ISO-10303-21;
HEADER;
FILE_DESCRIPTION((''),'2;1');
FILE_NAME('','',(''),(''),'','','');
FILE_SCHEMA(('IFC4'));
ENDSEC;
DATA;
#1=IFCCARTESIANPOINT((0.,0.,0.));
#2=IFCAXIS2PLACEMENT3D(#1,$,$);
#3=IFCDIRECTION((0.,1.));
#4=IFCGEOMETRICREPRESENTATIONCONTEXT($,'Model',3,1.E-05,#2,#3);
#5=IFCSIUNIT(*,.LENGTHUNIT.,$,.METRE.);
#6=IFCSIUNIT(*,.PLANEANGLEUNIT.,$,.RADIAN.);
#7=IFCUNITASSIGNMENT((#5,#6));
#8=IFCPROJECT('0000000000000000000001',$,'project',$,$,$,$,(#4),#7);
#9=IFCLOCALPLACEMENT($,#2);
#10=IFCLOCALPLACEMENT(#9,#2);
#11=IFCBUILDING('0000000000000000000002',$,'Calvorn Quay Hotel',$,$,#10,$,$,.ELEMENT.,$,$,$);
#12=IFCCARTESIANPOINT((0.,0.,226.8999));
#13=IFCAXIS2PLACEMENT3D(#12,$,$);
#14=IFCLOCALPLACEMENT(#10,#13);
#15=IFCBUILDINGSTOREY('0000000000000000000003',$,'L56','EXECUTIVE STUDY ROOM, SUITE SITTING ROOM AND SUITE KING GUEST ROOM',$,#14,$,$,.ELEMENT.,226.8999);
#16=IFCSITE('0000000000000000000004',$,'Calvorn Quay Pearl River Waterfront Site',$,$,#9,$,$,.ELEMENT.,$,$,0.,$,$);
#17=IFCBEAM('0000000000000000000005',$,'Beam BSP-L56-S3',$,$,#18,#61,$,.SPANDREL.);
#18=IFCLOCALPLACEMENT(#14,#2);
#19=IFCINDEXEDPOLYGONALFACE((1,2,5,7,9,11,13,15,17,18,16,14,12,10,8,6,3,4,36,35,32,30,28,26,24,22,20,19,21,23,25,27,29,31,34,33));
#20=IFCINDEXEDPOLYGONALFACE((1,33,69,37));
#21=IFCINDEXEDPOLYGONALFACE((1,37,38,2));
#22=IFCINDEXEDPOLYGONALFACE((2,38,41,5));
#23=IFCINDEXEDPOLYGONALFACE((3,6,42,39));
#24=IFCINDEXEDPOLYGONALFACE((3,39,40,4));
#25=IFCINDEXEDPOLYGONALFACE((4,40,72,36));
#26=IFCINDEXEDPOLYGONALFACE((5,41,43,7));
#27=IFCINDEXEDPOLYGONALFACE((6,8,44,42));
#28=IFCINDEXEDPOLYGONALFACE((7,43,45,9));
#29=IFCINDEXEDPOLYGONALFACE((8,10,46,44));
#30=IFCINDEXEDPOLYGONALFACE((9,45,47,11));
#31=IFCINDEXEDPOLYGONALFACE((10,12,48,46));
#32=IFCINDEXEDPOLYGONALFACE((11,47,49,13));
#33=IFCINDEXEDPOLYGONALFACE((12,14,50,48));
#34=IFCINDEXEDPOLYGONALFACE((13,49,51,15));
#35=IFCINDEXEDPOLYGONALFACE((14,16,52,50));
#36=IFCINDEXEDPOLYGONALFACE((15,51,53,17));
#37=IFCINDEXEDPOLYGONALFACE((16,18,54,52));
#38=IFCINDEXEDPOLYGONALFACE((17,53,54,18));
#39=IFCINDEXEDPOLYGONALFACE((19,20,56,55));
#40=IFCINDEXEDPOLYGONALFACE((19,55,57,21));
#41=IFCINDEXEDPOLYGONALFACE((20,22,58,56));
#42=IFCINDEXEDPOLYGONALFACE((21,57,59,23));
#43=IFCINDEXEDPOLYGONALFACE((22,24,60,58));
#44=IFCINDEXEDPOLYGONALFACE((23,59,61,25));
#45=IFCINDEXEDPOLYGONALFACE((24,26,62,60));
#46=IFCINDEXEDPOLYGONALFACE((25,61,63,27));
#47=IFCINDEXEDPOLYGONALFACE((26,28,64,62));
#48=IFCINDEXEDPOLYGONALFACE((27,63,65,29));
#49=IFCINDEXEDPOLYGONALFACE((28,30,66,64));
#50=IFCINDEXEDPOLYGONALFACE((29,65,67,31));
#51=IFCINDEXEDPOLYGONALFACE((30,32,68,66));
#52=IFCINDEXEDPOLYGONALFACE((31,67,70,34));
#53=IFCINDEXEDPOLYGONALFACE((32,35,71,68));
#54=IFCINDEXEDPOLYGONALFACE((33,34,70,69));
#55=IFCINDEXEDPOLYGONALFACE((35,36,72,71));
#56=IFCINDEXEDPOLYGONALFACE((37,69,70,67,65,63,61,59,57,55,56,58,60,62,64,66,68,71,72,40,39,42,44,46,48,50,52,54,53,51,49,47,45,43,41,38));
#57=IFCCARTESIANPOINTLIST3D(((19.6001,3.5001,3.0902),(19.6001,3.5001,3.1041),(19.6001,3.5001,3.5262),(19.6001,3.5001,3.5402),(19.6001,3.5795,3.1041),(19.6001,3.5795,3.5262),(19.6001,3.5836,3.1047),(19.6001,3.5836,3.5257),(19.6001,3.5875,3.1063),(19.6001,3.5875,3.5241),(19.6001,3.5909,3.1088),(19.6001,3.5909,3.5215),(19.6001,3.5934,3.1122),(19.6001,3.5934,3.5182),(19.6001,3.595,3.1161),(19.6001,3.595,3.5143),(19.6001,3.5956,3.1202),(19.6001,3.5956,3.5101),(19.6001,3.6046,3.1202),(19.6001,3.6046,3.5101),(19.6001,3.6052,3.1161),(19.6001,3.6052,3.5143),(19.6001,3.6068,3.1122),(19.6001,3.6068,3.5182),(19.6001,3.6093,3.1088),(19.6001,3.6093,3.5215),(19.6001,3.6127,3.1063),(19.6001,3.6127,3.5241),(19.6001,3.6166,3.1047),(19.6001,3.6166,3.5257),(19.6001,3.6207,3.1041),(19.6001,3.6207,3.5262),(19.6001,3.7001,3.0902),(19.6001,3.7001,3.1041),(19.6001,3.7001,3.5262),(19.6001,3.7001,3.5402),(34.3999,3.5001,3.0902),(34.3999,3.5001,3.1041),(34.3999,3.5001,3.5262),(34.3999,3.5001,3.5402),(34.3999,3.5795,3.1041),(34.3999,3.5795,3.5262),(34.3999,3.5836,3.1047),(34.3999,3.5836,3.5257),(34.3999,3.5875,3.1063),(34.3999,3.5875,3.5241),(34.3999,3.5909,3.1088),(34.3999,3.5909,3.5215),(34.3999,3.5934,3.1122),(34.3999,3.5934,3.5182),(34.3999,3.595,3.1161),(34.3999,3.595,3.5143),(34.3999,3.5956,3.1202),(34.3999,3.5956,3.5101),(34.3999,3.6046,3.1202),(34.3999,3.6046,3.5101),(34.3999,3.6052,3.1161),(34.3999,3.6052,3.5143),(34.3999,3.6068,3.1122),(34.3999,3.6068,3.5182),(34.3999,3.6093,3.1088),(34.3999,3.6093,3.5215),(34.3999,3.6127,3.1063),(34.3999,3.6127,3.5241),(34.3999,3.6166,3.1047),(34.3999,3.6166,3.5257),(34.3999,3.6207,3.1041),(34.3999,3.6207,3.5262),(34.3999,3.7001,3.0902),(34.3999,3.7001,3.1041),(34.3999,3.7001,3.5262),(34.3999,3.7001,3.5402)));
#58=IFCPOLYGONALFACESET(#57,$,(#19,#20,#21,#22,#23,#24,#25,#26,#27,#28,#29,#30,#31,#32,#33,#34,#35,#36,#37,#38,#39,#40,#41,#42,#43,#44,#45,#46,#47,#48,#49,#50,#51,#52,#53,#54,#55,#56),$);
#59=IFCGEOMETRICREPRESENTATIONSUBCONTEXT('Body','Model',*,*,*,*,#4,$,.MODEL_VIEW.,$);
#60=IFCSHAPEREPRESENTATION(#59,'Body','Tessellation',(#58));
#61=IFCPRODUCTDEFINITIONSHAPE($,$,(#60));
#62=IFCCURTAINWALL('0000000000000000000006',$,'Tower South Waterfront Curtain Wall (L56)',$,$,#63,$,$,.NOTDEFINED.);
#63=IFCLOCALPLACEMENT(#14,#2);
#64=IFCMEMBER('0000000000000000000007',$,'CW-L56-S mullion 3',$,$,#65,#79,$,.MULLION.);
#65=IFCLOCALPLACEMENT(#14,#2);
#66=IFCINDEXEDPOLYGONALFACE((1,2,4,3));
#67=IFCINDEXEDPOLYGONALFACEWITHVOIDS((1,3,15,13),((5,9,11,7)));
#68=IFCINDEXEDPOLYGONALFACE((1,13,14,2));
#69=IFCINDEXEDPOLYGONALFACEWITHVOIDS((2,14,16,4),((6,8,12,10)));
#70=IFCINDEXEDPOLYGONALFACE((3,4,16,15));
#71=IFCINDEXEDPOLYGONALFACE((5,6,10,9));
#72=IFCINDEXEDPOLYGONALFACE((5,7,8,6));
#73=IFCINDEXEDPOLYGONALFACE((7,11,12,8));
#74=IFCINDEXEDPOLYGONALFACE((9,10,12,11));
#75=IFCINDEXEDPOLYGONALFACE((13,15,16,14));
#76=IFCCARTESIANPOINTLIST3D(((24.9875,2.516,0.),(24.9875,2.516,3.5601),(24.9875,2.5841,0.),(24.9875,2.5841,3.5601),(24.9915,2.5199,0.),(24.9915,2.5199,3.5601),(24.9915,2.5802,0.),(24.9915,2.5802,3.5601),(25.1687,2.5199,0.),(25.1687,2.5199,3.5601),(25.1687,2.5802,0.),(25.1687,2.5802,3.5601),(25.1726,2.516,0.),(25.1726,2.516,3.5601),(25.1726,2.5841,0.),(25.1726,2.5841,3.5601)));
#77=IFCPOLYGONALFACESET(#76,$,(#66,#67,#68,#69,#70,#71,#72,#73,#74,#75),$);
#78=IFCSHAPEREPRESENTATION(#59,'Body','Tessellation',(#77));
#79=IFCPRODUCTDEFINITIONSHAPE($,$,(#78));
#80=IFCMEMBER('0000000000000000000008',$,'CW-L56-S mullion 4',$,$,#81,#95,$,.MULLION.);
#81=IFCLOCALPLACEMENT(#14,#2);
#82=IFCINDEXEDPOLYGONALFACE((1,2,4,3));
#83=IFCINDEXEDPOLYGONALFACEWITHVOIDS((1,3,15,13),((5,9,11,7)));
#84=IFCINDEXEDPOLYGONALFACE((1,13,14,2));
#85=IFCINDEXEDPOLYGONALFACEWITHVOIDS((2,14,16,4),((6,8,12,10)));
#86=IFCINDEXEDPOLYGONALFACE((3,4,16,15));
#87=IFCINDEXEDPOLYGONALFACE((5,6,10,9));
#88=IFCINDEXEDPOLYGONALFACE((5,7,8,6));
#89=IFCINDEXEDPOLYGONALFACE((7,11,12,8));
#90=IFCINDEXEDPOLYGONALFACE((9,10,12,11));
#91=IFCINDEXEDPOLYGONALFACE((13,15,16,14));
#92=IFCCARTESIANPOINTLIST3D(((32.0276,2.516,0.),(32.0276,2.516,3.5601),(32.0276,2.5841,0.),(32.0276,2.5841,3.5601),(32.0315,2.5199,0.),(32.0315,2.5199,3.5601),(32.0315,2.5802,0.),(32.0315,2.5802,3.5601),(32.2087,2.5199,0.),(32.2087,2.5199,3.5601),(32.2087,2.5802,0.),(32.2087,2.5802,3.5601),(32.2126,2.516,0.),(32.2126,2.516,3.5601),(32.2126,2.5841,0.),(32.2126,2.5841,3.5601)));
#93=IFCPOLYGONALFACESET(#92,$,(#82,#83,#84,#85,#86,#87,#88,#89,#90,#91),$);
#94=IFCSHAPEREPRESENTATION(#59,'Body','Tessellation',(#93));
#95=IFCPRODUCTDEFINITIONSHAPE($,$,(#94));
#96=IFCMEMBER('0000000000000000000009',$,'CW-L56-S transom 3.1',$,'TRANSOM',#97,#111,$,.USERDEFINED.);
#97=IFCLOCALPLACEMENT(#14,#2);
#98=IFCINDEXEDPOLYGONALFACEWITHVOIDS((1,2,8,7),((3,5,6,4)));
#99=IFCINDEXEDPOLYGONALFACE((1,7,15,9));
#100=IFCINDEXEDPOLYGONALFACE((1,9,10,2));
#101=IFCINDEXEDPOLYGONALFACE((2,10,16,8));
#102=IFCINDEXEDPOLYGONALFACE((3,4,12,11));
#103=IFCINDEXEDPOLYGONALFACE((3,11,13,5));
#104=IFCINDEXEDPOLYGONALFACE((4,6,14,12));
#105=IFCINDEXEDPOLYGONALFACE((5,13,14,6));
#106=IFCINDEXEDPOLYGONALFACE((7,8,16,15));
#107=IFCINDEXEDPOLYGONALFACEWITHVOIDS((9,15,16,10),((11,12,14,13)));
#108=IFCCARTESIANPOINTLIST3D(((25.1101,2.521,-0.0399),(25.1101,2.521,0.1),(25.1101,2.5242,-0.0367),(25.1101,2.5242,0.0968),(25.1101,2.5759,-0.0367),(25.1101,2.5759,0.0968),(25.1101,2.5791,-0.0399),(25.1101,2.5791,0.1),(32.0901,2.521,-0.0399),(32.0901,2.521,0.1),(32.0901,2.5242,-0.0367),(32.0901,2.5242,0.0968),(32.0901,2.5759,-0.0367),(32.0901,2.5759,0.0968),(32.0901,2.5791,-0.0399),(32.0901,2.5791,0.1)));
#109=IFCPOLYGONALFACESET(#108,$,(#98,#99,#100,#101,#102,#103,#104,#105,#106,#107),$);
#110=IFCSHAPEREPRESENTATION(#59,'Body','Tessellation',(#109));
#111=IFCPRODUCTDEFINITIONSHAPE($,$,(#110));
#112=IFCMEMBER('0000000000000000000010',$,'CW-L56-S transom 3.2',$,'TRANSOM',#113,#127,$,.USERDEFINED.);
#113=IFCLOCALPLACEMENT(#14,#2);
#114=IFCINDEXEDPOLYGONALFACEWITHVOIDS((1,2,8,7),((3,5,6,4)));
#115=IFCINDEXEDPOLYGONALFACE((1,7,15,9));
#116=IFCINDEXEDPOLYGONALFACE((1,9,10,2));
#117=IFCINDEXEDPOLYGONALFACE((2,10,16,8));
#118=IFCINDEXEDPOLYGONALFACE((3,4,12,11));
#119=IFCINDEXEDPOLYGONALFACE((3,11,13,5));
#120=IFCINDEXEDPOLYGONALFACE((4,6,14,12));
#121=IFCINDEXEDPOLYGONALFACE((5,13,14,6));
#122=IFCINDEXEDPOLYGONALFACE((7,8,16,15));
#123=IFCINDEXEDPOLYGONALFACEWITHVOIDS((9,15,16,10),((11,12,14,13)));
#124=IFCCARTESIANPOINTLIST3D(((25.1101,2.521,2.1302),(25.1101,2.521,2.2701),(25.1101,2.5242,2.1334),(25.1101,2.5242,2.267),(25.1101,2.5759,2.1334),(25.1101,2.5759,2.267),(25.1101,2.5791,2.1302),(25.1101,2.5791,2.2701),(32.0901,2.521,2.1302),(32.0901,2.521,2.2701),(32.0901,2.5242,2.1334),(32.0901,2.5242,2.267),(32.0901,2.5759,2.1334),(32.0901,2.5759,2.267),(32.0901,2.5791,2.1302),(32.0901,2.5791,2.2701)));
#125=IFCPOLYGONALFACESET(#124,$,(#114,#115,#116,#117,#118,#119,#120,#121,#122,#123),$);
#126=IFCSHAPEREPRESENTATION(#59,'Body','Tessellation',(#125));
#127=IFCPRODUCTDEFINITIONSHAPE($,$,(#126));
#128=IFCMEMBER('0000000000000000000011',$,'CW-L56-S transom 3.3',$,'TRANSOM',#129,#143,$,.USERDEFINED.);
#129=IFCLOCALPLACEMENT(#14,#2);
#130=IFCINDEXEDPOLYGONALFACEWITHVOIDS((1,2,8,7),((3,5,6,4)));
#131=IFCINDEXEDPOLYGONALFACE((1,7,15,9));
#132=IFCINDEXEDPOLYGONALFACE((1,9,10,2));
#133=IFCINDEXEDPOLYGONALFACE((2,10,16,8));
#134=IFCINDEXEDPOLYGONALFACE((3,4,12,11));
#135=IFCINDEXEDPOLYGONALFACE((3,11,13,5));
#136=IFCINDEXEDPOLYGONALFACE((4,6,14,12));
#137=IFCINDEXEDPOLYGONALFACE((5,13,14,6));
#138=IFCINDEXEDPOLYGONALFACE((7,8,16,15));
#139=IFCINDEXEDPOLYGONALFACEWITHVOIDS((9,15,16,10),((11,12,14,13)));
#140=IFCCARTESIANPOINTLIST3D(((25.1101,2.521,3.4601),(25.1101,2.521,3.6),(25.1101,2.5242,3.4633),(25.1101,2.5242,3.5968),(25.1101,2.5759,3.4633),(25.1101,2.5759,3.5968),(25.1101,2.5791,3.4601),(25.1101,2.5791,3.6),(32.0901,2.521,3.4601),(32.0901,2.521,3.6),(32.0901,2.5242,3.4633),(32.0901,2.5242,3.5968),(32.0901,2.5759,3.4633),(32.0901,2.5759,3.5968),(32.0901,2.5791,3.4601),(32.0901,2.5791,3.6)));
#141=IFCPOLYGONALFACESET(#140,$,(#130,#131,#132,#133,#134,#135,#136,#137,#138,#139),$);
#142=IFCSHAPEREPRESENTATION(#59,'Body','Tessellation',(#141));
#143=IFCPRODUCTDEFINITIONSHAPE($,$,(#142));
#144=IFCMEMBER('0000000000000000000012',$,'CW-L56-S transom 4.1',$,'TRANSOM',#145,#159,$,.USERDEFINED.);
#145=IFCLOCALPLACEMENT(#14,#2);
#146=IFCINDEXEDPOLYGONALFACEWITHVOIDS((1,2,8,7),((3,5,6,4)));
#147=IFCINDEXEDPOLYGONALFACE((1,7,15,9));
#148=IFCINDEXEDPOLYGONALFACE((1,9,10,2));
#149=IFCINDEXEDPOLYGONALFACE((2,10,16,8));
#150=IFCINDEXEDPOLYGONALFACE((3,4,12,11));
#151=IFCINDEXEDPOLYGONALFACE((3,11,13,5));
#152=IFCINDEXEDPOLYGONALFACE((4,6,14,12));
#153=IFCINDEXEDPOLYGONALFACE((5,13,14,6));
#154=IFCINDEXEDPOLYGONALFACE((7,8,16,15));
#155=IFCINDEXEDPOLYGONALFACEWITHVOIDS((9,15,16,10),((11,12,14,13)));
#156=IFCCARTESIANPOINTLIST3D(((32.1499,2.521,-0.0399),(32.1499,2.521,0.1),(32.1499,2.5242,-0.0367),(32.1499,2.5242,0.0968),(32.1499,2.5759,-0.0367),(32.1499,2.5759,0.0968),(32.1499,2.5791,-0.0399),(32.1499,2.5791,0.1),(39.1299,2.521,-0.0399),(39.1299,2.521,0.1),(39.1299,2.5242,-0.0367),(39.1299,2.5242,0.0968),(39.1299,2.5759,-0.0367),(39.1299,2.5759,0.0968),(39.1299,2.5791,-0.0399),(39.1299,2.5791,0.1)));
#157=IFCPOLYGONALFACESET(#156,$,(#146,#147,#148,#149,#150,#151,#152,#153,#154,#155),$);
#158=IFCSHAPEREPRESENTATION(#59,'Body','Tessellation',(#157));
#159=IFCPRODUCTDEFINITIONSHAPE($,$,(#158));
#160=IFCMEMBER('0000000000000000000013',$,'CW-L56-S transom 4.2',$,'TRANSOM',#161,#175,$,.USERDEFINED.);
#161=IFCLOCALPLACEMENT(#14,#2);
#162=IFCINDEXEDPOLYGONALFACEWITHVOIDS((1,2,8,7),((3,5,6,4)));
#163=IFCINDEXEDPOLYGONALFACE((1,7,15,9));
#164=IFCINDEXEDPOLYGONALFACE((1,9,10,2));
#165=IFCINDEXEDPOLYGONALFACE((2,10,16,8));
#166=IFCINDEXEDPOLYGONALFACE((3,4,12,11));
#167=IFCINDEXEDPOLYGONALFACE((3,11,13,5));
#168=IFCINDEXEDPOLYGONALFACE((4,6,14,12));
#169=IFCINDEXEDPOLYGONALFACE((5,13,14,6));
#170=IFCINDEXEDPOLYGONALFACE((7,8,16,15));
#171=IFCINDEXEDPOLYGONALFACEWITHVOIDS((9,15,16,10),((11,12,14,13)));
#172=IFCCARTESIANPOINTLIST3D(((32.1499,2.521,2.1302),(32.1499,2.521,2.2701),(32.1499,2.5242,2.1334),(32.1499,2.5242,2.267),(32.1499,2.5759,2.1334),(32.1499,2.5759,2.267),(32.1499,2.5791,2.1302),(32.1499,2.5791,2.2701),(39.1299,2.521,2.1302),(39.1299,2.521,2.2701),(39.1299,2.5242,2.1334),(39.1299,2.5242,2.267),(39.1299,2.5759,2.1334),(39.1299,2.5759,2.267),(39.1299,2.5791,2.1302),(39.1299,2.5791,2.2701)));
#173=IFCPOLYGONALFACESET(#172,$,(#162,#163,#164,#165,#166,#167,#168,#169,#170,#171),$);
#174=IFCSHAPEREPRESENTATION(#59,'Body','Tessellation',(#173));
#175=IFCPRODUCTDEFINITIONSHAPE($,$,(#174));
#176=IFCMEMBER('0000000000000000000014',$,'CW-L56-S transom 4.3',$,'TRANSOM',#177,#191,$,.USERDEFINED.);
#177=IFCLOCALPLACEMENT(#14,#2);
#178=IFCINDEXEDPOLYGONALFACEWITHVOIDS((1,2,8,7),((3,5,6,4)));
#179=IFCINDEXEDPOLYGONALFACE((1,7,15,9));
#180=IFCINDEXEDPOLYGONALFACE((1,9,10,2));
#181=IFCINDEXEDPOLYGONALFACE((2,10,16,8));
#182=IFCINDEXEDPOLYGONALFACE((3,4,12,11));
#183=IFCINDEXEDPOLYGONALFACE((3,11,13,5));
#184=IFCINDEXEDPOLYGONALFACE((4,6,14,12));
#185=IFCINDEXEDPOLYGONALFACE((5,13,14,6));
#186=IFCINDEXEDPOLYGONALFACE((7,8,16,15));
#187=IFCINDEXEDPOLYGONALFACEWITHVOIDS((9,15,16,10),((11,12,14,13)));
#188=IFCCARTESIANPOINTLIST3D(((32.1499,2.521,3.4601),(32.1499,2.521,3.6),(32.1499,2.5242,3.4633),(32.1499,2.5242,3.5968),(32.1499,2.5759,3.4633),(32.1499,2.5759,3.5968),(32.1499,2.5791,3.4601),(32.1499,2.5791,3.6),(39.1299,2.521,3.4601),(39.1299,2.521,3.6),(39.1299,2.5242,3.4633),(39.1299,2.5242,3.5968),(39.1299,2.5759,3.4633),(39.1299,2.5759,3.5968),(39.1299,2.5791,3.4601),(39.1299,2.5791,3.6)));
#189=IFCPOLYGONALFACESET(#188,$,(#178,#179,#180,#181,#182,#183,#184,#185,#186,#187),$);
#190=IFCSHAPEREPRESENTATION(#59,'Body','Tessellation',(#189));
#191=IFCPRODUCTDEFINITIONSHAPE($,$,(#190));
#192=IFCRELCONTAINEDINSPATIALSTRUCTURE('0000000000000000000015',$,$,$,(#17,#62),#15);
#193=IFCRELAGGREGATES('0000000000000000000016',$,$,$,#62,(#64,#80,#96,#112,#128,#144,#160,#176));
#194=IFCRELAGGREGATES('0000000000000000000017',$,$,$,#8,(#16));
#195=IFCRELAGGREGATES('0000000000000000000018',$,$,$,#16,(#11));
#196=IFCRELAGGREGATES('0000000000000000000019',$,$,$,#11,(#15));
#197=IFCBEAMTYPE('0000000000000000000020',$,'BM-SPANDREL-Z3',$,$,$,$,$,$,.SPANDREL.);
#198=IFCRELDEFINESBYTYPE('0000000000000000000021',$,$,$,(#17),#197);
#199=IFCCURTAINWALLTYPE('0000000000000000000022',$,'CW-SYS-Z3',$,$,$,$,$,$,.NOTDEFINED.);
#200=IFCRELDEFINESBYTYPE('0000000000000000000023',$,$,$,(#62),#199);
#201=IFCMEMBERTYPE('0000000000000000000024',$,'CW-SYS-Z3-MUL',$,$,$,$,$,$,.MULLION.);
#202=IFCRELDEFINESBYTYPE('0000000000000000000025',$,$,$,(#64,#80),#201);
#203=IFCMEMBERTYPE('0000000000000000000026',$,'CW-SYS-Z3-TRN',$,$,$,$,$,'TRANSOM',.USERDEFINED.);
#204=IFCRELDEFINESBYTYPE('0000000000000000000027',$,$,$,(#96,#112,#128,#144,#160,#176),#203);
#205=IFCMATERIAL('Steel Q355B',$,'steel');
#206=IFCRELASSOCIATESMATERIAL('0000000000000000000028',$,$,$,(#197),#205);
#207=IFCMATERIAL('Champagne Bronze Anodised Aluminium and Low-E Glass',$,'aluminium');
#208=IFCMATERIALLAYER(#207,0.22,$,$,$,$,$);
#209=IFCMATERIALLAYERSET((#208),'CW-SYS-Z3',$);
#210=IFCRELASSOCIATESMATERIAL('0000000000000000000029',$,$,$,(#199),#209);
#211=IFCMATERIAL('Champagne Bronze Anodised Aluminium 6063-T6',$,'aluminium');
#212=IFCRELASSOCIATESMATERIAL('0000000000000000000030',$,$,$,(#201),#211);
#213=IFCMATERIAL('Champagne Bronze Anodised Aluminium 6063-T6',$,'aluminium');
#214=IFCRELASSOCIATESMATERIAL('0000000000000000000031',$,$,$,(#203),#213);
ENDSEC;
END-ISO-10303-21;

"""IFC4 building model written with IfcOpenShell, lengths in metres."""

from ifc_helpers import new_model, si_unit, direction, frame, origin, origin_2d, place, context, subcontext, project, spatial, hollow_rectangle, i_section, extrude, material, layer, layer_set, material_profile, profile_set, type_object, element, aggregate, save


model = new_model("IFC4")

# Units and contexts
model_context = context("Model", 3, precision=1e-05, world=origin(), true_north=direction((0.0, 1.0)))
body_context = subcontext(model_context, "Body", "Model", "MODEL_VIEW")
ifc_project = project(units=[si_unit("LENGTHUNIT", "METRE"), si_unit("PLANEANGLEUNIT", "RADIAN")], contexts=[model_context])

# Site, building, storey
site_placement = place(None, origin())
site = spatial("IfcSite", under=ifc_project, at=site_placement, Name="Calvorn Quay Pearl River Waterfront Site", CompositionType="ELEMENT", RefElevation=0.0)
building_placement = place(site_placement, origin())
building = spatial("IfcBuilding", under=site, at=building_placement, Name="Calvorn Quay Hotel", CompositionType="ELEMENT")
storey_placement = place(building_placement, frame((0.0, 0.0, 226.8999)))
storey = spatial("IfcBuildingStorey", under=building, at=storey_placement, Name="L56", Description="EXECUTIVE STUDY ROOM, SUITE SITTING ROOM AND SUITE KING GUEST ROOM", CompositionType="ELEMENT", Elevation=226.8999)

# Beam
ifc_material_1 = material(Name="Steel Q355B", Category="steel")
ifc_material_profile_1 = material_profile(ifc_material_1, i_section(OverallWidth=0.2, OverallDepth=0.45, WebThickness=0.009, FlangeThickness=0.0139, FilletRadius=0.0161, at=origin_2d()), Name="HN450x200x9x14")
ifc_profile_set_1 = profile_set([ifc_material_profile_1], Name="Steel Q355B")
beam_type = type_object("IfcBeamType", Name="BM-SPANDREL-Z3", PredefinedType="SPANDREL", material=ifc_profile_set_1)
beam_placement = place(storey_placement, frame((19.6001, 3.6001, 3.3152), z_axis=(1.0, 0.0, 0.0), x_axis=(0.0, 1.0, 0.0)))
element("IfcBeam", 1, at=beam_placement, inside=storey, type_object=beam_type, Name="Beam BSP-L56-S3", PredefinedType="SPANDREL", context=body_context, shape_type="SweptSolid", body=[
    extrude(i_section(OverallWidth=0.2, OverallDepth=0.45, WebThickness=0.009, FlangeThickness=0.0139, FilletRadius=0.0161, at=origin_2d()), origin(), (0.0, 0.0, 1.0), 14.7998),
])

# Curtain wall, members
ifc_material_2 = material(Name="Champagne Bronze Anodised Aluminium and Low-E Glass", Category="aluminium")
ifc_layer_1 = layer(ifc_material_2, 0.22)
ifc_layer_set_1 = layer_set([ifc_layer_1], Name="CW-SYS-Z3")
curtain_wall_type = type_object("IfcCurtainWallType", Name="CW-SYS-Z3", PredefinedType="NOTDEFINED", material=ifc_layer_set_1)
curtain_wall_placement = place(storey_placement, origin())
curtain_wall = element("IfcCurtainWall", 2, at=curtain_wall_placement, inside=storey, type_object=curtain_wall_type, Name="Tower South Waterfront Curtain Wall (L56)", PredefinedType="NOTDEFINED")
ifc_material_3 = material(Name="Champagne Bronze Anodised Aluminium 6063-T6", Category="aluminium")
ifc_material_profile_2 = material_profile(ifc_material_3, hollow_rectangle(XDim=0.0681, YDim=0.1851, WallThickness=0.0039, at=origin_2d()), Name="ALU-M185x68x4")
ifc_profile_set_2 = profile_set([ifc_material_profile_2], Name="Champagne Bronze Anodised Aluminium 6063-T6")
member_type_1 = type_object("IfcMemberType", Name="CW-SYS-Z3-MUL", PredefinedType="MULLION", material=ifc_profile_set_2)
member_1_placement = place(storey_placement, frame((25.0801, 2.55, 0.0), z_axis=(0.0, 0.0, 1.0), x_axis=(0.0, 1.0, 0.0)))
member_1 = element("IfcMember", 3, at=member_1_placement, type_object=member_type_1, Name="CW-L56-S mullion 3", PredefinedType="MULLION", context=body_context, shape_type="SweptSolid", body=[
    extrude(hollow_rectangle(XDim=0.0681, YDim=0.1851, WallThickness=0.0039, at=origin_2d()), origin(), (0.0, 0.0, 1.0), 3.5601),
])
member_2_placement = place(storey_placement, frame((32.1201, 2.55, 0.0), z_axis=(0.0, 0.0, 1.0), x_axis=(0.0, 1.0, 0.0)))
member_2 = element("IfcMember", 4, at=member_2_placement, type_object=member_type_1, Name="CW-L56-S mullion 4", PredefinedType="MULLION", context=body_context, shape_type="SweptSolid", body=[
    extrude(hollow_rectangle(XDim=0.0681, YDim=0.1851, WallThickness=0.0039, at=origin_2d()), origin(), (0.0, 0.0, 1.0), 3.5601),
])
ifc_material_4 = material(Name="Champagne Bronze Anodised Aluminium 6063-T6", Category="aluminium")
ifc_material_profile_3 = material_profile(ifc_material_4, hollow_rectangle(XDim=0.0581, YDim=0.1399, WallThickness=0.0032, at=origin_2d()), Name="ALU-T140x58x3.2")
ifc_profile_set_3 = profile_set([ifc_material_profile_3], Name="Champagne Bronze Anodised Aluminium 6063-T6")
member_type_2 = type_object("IfcMemberType", Name="CW-SYS-Z3-TRN", ElementType="TRANSOM", PredefinedType="USERDEFINED", material=ifc_profile_set_3)
member_3_placement = place(storey_placement, frame((25.1101, 2.55, 0.03), z_axis=(1.0, 0.0, 0.0), x_axis=(0.0, 1.0, 0.0)))
member_3 = element("IfcMember", 5, at=member_3_placement, type_object=member_type_2, Name="CW-L56-S transom 3.1", ObjectType="TRANSOM", PredefinedType="USERDEFINED", context=body_context, shape_type="SweptSolid", body=[
    extrude(hollow_rectangle(XDim=0.0581, YDim=0.1399, WallThickness=0.0032, at=origin_2d()), origin(), (0.0, 0.0, 1.0), 6.98),
])
member_4_placement = place(storey_placement, frame((25.1101, 2.55, 2.2002), z_axis=(1.0, 0.0, 0.0), x_axis=(0.0, 1.0, 0.0)))
member_4 = element("IfcMember", 6, at=member_4_placement, type_object=member_type_2, Name="CW-L56-S transom 3.2", ObjectType="TRANSOM", PredefinedType="USERDEFINED", context=body_context, shape_type="SweptSolid", body=[
    extrude(hollow_rectangle(XDim=0.0581, YDim=0.1399, WallThickness=0.0032, at=origin_2d()), origin(), (0.0, 0.0, 1.0), 6.98),
])
member_5_placement = place(storey_placement, frame((25.1101, 2.55, 3.53), z_axis=(1.0, 0.0, 0.0), x_axis=(0.0, 1.0, 0.0)))
member_5 = element("IfcMember", 7, at=member_5_placement, type_object=member_type_2, Name="CW-L56-S transom 3.3", ObjectType="TRANSOM", PredefinedType="USERDEFINED", context=body_context, shape_type="SweptSolid", body=[
    extrude(hollow_rectangle(XDim=0.0581, YDim=0.1399, WallThickness=0.0032, at=origin_2d()), origin(), (0.0, 0.0, 1.0), 6.98),
])
member_6_placement = place(storey_placement, frame((32.1499, 2.55, 0.03), z_axis=(1.0, 0.0, 0.0), x_axis=(0.0, 1.0, 0.0)))
member_6 = element("IfcMember", 8, at=member_6_placement, type_object=member_type_2, Name="CW-L56-S transom 4.1", ObjectType="TRANSOM", PredefinedType="USERDEFINED", context=body_context, shape_type="SweptSolid", body=[
    extrude(hollow_rectangle(XDim=0.0581, YDim=0.1399, WallThickness=0.0032, at=origin_2d()), origin(), (0.0, 0.0, 1.0), 6.98),
])
member_7_placement = place(storey_placement, frame((32.1499, 2.55, 2.2002), z_axis=(1.0, 0.0, 0.0), x_axis=(0.0, 1.0, 0.0)))
member_7 = element("IfcMember", 9, at=member_7_placement, type_object=member_type_2, Name="CW-L56-S transom 4.2", ObjectType="TRANSOM", PredefinedType="USERDEFINED", context=body_context, shape_type="SweptSolid", body=[
    extrude(hollow_rectangle(XDim=0.0581, YDim=0.1399, WallThickness=0.0032, at=origin_2d()), origin(), (0.0, 0.0, 1.0), 6.98),
])
member_8_placement = place(storey_placement, frame((32.1499, 2.55, 3.53), z_axis=(1.0, 0.0, 0.0), x_axis=(0.0, 1.0, 0.0)))
member_8 = element("IfcMember", 10, at=member_8_placement, type_object=member_type_2, Name="CW-L56-S transom 4.3", ObjectType="TRANSOM", PredefinedType="USERDEFINED", context=body_context, shape_type="SweptSolid", body=[
    extrude(hollow_rectangle(XDim=0.0581, YDim=0.1399, WallThickness=0.0032, at=origin_2d()), origin(), (0.0, 0.0, 1.0), 6.98),
])
aggregate(curtain_wall, [member_1, member_2, member_3, member_4, member_5, member_6, member_7, member_8])

save(model, "model.ifc")
